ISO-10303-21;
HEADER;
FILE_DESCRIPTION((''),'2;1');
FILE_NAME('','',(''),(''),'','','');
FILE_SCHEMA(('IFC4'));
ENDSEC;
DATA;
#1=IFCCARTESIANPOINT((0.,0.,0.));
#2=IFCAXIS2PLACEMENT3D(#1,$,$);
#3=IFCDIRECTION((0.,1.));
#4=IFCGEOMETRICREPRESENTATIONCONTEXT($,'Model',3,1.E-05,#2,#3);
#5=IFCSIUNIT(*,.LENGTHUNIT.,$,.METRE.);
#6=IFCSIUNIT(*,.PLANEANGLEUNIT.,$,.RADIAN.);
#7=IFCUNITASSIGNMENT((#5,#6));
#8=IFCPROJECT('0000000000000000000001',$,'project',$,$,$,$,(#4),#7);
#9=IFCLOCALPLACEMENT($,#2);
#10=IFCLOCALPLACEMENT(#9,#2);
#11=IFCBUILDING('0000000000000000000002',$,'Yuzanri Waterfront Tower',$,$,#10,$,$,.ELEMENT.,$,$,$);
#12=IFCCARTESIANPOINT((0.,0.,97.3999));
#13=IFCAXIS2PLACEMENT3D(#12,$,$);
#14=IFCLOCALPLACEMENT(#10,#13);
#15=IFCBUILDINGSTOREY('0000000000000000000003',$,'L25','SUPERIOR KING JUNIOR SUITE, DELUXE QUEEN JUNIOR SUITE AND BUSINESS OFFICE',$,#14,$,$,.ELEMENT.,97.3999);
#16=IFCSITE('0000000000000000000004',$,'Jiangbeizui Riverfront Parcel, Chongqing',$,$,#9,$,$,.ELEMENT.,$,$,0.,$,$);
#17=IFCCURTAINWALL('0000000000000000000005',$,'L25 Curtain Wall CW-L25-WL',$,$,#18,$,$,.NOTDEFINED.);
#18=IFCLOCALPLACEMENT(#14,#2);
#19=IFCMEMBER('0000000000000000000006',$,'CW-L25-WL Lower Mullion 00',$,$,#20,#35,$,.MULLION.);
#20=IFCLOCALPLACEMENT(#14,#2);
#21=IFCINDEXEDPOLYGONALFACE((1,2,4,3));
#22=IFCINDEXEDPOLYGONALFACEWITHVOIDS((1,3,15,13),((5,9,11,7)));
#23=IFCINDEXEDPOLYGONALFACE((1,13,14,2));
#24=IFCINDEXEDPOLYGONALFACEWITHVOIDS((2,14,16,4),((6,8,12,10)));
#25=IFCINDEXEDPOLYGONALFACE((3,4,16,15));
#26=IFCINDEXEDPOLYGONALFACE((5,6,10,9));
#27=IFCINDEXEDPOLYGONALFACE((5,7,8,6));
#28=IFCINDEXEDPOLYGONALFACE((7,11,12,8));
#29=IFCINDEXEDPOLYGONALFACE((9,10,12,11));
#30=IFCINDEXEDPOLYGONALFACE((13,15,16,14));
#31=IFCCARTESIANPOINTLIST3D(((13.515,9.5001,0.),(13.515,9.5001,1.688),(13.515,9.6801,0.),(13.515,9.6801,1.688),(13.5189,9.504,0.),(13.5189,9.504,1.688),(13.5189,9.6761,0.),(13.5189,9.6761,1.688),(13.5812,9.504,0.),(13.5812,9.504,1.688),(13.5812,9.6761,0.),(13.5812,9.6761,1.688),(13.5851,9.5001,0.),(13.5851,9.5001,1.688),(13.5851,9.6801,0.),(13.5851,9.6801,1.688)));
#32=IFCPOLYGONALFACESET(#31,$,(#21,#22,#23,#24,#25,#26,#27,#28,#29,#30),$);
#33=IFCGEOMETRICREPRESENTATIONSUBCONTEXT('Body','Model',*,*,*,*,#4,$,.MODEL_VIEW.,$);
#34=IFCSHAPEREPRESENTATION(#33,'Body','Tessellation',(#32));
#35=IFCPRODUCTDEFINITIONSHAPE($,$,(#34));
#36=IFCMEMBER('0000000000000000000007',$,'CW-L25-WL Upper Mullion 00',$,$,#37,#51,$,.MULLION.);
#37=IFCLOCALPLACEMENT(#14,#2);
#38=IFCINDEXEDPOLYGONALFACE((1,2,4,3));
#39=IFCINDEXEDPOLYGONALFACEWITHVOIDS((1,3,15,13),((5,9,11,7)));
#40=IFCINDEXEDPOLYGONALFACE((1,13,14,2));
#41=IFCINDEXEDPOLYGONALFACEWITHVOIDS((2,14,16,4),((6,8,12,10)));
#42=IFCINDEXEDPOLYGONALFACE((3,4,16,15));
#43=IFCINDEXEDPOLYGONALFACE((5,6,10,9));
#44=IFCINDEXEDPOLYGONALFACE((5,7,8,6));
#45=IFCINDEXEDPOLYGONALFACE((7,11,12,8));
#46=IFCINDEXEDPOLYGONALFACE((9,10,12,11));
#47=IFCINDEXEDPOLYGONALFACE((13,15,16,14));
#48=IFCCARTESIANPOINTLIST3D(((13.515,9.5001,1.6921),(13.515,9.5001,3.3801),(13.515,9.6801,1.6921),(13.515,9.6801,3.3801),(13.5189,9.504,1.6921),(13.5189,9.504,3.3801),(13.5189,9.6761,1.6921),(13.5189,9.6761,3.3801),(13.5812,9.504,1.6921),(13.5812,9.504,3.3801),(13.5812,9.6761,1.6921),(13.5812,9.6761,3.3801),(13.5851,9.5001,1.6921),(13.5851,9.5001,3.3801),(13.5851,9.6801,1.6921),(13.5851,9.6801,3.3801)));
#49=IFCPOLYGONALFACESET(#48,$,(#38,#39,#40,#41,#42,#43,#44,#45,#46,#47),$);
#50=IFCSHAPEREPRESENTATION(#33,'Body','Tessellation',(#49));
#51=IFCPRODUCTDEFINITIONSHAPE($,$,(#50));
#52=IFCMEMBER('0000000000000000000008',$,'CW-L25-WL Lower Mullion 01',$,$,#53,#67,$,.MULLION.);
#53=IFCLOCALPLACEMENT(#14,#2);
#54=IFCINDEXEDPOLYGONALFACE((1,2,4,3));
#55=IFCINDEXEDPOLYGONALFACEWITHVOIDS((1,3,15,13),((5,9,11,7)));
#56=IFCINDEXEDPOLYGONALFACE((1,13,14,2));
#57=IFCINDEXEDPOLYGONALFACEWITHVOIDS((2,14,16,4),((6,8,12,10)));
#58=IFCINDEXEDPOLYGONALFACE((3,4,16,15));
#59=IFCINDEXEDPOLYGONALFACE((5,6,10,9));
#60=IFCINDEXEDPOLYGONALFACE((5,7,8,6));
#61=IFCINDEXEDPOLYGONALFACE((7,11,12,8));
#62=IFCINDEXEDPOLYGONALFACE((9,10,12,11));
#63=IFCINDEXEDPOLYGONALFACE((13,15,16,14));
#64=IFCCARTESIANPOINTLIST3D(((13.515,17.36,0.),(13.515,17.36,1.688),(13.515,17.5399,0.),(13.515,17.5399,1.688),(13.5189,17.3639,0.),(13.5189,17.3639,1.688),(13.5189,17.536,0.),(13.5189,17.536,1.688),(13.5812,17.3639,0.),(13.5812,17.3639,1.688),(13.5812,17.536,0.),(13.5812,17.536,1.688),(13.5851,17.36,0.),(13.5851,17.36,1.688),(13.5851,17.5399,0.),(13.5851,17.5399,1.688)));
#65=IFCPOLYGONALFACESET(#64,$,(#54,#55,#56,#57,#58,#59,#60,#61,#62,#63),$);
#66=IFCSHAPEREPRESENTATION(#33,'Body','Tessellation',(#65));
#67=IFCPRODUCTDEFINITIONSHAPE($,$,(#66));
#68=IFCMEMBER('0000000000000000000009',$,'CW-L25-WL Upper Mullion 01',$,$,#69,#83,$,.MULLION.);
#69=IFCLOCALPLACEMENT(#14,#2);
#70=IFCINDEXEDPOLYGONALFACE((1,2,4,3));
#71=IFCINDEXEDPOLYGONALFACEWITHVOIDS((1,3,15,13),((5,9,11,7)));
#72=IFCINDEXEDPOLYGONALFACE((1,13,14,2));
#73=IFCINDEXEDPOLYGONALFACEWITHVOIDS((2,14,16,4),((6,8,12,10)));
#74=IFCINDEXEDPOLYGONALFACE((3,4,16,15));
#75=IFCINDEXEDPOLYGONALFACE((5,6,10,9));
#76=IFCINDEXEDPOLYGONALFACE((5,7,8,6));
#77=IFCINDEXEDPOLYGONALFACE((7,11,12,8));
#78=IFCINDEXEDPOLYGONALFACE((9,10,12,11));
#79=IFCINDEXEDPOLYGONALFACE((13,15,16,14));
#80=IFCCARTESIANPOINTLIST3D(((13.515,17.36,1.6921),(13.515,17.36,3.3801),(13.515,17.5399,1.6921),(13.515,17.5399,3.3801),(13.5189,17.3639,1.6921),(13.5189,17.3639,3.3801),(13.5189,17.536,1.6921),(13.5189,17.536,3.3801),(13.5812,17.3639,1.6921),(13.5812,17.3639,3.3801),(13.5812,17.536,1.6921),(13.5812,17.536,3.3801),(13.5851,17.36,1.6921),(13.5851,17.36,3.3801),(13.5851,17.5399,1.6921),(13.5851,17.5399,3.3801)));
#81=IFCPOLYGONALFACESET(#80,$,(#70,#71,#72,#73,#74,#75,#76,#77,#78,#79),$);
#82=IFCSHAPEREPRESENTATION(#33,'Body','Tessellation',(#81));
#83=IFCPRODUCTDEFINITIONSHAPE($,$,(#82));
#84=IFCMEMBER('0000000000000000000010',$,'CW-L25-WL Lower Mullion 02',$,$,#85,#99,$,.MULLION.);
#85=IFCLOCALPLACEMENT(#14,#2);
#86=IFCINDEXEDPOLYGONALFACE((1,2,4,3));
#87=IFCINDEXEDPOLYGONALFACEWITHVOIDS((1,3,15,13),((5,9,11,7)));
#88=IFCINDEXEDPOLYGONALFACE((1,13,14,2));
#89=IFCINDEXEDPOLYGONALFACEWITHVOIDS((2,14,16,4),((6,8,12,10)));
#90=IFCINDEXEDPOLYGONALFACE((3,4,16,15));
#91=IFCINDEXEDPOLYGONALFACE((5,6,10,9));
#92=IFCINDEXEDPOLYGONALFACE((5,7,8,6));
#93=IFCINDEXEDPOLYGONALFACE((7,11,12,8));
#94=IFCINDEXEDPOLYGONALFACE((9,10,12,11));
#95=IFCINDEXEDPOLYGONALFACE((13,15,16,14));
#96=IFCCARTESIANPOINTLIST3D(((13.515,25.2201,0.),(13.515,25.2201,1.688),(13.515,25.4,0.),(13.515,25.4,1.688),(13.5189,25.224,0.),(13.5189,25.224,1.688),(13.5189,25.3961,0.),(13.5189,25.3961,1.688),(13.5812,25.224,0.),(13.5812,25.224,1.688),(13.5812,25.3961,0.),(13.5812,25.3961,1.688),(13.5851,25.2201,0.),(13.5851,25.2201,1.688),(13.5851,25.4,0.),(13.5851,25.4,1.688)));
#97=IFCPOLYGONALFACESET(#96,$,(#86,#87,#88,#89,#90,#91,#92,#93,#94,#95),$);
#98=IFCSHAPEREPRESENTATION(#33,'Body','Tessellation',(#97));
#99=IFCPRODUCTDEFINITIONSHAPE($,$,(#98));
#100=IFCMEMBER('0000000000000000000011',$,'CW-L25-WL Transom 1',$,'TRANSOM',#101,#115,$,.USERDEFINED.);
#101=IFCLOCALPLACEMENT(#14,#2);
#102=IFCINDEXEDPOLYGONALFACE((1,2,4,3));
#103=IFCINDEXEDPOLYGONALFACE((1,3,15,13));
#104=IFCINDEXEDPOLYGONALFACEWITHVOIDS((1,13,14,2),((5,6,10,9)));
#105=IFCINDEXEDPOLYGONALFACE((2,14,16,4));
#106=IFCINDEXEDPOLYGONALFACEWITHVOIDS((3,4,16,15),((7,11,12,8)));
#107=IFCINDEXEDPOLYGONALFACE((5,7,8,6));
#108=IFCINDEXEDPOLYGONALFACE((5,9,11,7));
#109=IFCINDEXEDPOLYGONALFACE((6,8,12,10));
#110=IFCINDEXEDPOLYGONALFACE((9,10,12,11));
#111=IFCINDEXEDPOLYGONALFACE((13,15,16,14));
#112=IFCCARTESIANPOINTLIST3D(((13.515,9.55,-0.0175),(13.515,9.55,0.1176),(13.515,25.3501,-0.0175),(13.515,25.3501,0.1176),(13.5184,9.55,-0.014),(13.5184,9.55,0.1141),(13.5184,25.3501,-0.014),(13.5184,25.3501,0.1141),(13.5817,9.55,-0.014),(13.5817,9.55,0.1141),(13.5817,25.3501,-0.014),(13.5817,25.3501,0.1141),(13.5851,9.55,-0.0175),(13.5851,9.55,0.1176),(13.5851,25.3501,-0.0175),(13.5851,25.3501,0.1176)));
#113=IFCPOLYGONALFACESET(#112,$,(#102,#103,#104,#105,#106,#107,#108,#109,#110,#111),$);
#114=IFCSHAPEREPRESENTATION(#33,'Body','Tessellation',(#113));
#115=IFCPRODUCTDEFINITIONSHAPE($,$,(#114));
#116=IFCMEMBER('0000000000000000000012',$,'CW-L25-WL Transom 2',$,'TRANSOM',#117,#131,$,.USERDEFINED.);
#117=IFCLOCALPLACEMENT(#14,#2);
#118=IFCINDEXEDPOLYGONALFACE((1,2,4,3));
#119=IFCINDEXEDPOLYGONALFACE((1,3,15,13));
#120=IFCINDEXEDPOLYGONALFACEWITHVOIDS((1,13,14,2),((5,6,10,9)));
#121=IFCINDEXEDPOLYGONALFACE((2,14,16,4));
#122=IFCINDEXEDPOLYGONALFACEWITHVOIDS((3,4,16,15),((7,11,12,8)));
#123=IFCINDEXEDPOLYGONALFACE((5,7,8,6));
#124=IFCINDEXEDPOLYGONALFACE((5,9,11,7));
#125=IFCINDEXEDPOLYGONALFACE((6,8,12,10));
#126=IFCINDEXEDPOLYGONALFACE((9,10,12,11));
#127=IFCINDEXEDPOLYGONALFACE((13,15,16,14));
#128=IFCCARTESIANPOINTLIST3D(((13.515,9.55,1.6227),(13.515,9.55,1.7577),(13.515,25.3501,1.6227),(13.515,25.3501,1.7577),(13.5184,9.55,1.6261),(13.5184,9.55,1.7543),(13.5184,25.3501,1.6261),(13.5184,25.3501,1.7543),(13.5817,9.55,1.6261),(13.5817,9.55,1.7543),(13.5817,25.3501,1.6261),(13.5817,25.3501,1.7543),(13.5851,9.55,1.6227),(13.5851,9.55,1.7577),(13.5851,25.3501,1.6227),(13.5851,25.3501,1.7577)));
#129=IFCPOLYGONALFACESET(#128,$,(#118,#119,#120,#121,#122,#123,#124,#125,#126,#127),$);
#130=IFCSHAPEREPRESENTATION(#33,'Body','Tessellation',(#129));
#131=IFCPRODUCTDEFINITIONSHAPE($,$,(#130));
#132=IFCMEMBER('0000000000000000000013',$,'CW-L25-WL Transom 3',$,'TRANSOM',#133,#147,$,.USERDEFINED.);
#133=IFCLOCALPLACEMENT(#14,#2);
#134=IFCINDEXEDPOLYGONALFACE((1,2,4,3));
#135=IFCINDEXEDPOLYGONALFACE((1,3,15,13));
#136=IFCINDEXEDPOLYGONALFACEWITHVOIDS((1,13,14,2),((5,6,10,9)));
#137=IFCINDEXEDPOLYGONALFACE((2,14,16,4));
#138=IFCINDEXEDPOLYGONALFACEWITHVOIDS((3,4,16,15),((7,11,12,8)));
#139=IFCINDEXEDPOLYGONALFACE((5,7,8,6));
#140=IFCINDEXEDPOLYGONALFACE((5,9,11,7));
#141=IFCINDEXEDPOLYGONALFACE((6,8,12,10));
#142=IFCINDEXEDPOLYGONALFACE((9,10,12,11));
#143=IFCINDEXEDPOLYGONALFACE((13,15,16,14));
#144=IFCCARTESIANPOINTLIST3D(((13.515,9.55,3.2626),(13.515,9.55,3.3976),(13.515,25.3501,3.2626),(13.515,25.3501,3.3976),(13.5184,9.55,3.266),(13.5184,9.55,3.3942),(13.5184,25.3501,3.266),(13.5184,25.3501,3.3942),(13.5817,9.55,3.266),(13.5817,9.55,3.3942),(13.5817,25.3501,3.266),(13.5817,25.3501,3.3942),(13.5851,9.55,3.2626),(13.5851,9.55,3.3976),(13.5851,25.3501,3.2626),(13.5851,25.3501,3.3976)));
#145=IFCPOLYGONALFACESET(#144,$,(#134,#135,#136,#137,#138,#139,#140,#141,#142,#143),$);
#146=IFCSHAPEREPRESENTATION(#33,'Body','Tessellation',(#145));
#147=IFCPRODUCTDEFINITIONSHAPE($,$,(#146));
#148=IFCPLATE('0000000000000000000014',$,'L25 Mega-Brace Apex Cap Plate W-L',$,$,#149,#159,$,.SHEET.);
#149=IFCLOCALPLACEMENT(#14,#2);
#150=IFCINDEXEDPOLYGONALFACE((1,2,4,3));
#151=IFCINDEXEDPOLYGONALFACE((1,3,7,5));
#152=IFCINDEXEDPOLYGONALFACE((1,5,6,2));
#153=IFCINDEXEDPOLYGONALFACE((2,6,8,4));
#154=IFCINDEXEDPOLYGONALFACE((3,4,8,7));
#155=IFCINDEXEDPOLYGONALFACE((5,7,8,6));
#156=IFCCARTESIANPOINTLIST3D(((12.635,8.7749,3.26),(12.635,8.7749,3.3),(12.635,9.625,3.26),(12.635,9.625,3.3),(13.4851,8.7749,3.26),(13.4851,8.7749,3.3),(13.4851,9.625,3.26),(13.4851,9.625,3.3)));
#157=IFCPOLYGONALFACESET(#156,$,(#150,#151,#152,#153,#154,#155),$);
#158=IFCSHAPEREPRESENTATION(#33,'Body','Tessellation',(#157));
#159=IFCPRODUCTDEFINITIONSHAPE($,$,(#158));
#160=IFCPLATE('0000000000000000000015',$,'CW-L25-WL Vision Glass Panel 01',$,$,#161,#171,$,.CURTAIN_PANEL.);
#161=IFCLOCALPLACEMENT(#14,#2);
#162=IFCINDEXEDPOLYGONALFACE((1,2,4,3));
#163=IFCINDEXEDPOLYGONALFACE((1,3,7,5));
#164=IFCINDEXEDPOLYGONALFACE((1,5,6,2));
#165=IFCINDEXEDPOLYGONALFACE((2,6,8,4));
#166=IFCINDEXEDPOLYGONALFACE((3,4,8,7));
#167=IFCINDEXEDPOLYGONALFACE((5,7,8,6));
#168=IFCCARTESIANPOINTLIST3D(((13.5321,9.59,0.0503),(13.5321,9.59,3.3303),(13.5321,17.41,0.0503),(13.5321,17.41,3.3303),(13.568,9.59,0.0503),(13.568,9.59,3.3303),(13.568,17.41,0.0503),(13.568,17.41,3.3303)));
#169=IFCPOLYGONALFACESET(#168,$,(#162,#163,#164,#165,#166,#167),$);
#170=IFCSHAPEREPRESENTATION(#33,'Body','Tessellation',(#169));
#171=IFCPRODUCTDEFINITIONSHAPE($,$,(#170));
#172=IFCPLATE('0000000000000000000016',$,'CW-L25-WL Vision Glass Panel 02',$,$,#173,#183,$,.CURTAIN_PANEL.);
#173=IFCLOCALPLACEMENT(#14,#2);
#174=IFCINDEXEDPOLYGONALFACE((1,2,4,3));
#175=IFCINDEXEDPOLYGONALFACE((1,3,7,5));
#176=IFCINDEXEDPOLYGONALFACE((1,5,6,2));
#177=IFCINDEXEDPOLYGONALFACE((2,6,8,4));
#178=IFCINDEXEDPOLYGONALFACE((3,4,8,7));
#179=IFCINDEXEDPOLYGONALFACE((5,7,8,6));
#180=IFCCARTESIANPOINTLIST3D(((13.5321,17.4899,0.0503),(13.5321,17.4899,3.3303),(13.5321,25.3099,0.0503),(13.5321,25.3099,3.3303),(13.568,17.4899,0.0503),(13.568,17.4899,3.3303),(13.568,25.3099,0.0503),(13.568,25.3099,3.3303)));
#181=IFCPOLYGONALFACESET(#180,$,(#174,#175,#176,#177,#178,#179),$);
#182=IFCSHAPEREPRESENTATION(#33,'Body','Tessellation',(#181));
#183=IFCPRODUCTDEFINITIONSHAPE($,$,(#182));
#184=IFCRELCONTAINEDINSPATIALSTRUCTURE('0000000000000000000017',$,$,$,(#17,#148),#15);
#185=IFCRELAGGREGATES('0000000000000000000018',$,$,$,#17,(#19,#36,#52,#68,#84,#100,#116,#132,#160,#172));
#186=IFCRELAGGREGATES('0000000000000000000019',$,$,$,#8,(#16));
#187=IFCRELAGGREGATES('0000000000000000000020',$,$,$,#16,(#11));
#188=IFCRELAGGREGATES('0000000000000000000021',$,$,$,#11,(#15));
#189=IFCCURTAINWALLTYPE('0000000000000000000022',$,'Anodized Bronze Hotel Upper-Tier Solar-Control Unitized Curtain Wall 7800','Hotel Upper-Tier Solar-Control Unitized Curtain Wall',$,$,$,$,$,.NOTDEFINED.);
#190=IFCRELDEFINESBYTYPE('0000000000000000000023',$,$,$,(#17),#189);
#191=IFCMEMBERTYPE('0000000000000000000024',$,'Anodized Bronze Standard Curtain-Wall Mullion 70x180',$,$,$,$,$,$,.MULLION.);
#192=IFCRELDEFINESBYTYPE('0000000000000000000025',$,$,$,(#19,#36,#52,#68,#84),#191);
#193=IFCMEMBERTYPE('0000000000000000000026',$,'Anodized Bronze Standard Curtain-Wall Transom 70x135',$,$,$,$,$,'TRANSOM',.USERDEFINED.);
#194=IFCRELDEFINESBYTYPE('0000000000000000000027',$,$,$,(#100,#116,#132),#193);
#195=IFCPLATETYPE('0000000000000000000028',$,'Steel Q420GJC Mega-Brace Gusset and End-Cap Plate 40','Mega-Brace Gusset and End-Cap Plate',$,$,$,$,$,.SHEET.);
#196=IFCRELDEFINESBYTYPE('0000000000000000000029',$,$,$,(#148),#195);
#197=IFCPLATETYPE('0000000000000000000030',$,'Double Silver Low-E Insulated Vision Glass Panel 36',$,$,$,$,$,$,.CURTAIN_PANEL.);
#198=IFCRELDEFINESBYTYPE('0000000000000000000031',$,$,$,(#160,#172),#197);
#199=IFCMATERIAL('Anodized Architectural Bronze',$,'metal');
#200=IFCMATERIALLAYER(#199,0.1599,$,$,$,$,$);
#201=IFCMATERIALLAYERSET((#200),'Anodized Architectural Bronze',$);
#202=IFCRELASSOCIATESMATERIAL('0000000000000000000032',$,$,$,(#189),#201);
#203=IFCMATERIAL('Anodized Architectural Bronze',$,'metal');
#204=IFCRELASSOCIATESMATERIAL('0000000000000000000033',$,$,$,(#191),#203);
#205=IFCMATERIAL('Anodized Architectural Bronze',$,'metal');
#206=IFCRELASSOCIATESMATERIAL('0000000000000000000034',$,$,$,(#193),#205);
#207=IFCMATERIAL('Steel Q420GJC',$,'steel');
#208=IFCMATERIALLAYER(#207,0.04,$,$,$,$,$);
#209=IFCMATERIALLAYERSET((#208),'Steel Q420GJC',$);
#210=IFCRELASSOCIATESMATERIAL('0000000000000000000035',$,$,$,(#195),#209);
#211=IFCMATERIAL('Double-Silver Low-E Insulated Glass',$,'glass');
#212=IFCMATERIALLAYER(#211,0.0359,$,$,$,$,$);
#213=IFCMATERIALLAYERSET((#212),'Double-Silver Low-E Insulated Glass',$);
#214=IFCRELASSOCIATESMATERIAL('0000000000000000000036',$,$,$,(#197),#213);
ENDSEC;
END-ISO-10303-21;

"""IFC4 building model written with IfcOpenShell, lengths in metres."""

from ifc_helpers import new_model, si_unit, direction, frame, origin, origin_2d, place, context, subcontext, project, spatial, rectangle, hollow_rectangle, extrude, source, transform, mapped, material, layer, layer_set, material_profile, profile_set, type_object, element, aggregate, save


model = new_model("IFC4")

# Units and contexts
model_context = context("Model", 3, precision=1e-05, world=origin(), true_north=direction((0.0, 1.0)))
body_context = subcontext(model_context, "Body", "Model", "MODEL_VIEW")
ifc_project = project(units=[si_unit("LENGTHUNIT", "METRE"), si_unit("PLANEANGLEUNIT", "RADIAN")], contexts=[model_context])

# Site, building, storey
site_placement = place(None, origin())
site = spatial("IfcSite", under=ifc_project, at=site_placement, Name="Jiangbeizui Riverfront Parcel, Chongqing", CompositionType="ELEMENT", RefElevation=0.0)
building_placement = place(site_placement, origin())
building = spatial("IfcBuilding", under=site, at=building_placement, Name="Yuzanri Waterfront Tower", CompositionType="ELEMENT")
storey_placement = place(building_placement, frame((0.0, 0.0, 97.3999)))
storey = spatial("IfcBuildingStorey", under=building, at=storey_placement, Name="L25", Description="SUPERIOR KING JUNIOR SUITE, DELUXE QUEEN JUNIOR SUITE AND BUSINESS OFFICE", CompositionType="ELEMENT", Elevation=97.3999)

# Curtain wall, members
ifc_material_1 = material(Name="Anodized Architectural Bronze", Category="metal")
ifc_layer_1 = layer(ifc_material_1, 0.1599)
ifc_layer_set_1 = layer_set([ifc_layer_1], Name="Anodized Architectural Bronze")
curtain_wall_type = type_object("IfcCurtainWallType", Name="Anodized Bronze Hotel Upper-Tier Solar-Control Unitized Curtain Wall 7800", Description="Hotel Upper-Tier Solar-Control Unitized Curtain Wall", PredefinedType="NOTDEFINED", material=ifc_layer_set_1)
curtain_wall_placement = place(storey_placement, origin())
curtain_wall = element("IfcCurtainWall", 1, at=curtain_wall_placement, inside=storey, type_object=curtain_wall_type, Name="L25 Curtain Wall CW-L25-WL", PredefinedType="NOTDEFINED")
ifc_material_2 = material(Name="Anodized Architectural Bronze", Category="metal")
ifc_material_profile_1 = material_profile(ifc_material_2, hollow_rectangle(XDim=0.0701, YDim=0.1799, WallThickness=0.0039, at=origin_2d()), Name="CWM 70x180")
ifc_profile_set_1 = profile_set([ifc_material_profile_1], Name="Anodized Architectural Bronze")
member_type_1 = type_object("IfcMemberType", Name="Anodized Bronze Standard Curtain-Wall Mullion 70x180", PredefinedType="MULLION", material=ifc_profile_set_1)
shared_shape_1 = source(origin(), body_context, "Body", "SweptSolid", [
    extrude(hollow_rectangle(XDim=0.0701, YDim=0.1799, WallThickness=0.0039, at=origin_2d()), origin(), (0.0, 0.0, 1.0), 1.688),
])
member_1_placement = place(storey_placement, frame((13.55, 9.5901, 0.0), z_axis=(0.0, 0.0, 1.0), x_axis=(1.0, 0.0, 0.0)))
member_1 = element("IfcMember", 2, at=member_1_placement, type_object=member_type_1, Name="CW-L25-WL Lower Mullion 00", PredefinedType="MULLION", context=body_context, shape_type="MappedRepresentation", body=[
    mapped(shared_shape_1, transform((0.0, 0.0, 0.0), scale=1.0)),
])
member_2_placement = place(storey_placement, frame((13.55, 9.5901, 1.6921), z_axis=(0.0, 0.0, 1.0), x_axis=(1.0, 0.0, 0.0)))
member_2 = element("IfcMember", 3, at=member_2_placement, type_object=member_type_1, Name="CW-L25-WL Upper Mullion 00", PredefinedType="MULLION", context=body_context, shape_type="MappedRepresentation", body=[
    mapped(shared_shape_1, transform((0.0, 0.0, 0.0), scale=1.0)),
])
member_3_placement = place(storey_placement, frame((13.55, 17.45, 0.0), z_axis=(0.0, 0.0, 1.0), x_axis=(1.0, 0.0, 0.0)))
member_3 = element("IfcMember", 4, at=member_3_placement, type_object=member_type_1, Name="CW-L25-WL Lower Mullion 01", PredefinedType="MULLION", context=body_context, shape_type="MappedRepresentation", body=[
    mapped(shared_shape_1, transform((0.0, 0.0, 0.0), scale=1.0)),
])
member_4_placement = place(storey_placement, frame((13.55, 17.45, 1.6921), z_axis=(0.0, 0.0, 1.0), x_axis=(1.0, 0.0, 0.0)))
member_4 = element("IfcMember", 5, at=member_4_placement, type_object=member_type_1, Name="CW-L25-WL Upper Mullion 01", PredefinedType="MULLION", context=body_context, shape_type="MappedRepresentation", body=[
    mapped(shared_shape_1, transform((0.0, 0.0, 0.0), scale=1.0)),
])
member_5_placement = place(storey_placement, frame((13.55, 25.3101, 0.0), z_axis=(0.0, 0.0, 1.0), x_axis=(1.0, 0.0, 0.0)))
member_5 = element("IfcMember", 6, at=member_5_placement, type_object=member_type_1, Name="CW-L25-WL Lower Mullion 02", PredefinedType="MULLION", context=body_context, shape_type="MappedRepresentation", body=[
    mapped(shared_shape_1, transform((0.0, 0.0, 0.0), scale=1.0)),
])
ifc_material_3 = material(Name="Anodized Architectural Bronze", Category="metal")
ifc_material_profile_2 = material_profile(ifc_material_3, hollow_rectangle(XDim=0.0701, YDim=0.135, WallThickness=0.0034, at=origin_2d()), Name="CWT 70x135")
ifc_profile_set_2 = profile_set([ifc_material_profile_2], Name="Anodized Architectural Bronze")
member_type_2 = type_object("IfcMemberType", Name="Anodized Bronze Standard Curtain-Wall Transom 70x135", ElementType="TRANSOM", PredefinedType="USERDEFINED", material=ifc_profile_set_2)
shared_shape_2 = source(origin(), body_context, "Body", "SweptSolid", [
    extrude(hollow_rectangle(XDim=0.0701, YDim=0.135, WallThickness=0.0034, at=origin_2d()), origin(), (0.0, 0.0, 1.0), 15.8),
])
member_6_placement = place(storey_placement, frame((13.55, 9.55, 0.05), z_axis=(0.0, 1.0, 0.0), x_axis=(-1.0, 0.0, 0.0)))
member_6 = element("IfcMember", 7, at=member_6_placement, type_object=member_type_2, Name="CW-L25-WL Transom 1", ObjectType="TRANSOM", PredefinedType="USERDEFINED", context=body_context, shape_type="MappedRepresentation", body=[
    mapped(shared_shape_2, transform((0.0, 0.0, 0.0), scale=1.0)),
])
member_7_placement = place(storey_placement, frame((13.55, 9.55, 1.6902), z_axis=(0.0, 1.0, 0.0), x_axis=(-1.0, 0.0, 0.0)))
member_7 = element("IfcMember", 8, at=member_7_placement, type_object=member_type_2, Name="CW-L25-WL Transom 2", ObjectType="TRANSOM", PredefinedType="USERDEFINED", context=body_context, shape_type="MappedRepresentation", body=[
    mapped(shared_shape_2, transform((0.0, 0.0, 0.0), scale=1.0)),
])
member_8_placement = place(storey_placement, frame((13.55, 9.55, 3.3301), z_axis=(0.0, 1.0, 0.0), x_axis=(-1.0, 0.0, 0.0)))
member_8 = element("IfcMember", 9, at=member_8_placement, type_object=member_type_2, Name="CW-L25-WL Transom 3", ObjectType="TRANSOM", PredefinedType="USERDEFINED", context=body_context, shape_type="MappedRepresentation", body=[
    mapped(shared_shape_2, transform((0.0, 0.0, 0.0), scale=1.0)),
])

# Plates
ifc_material_4 = material(Name="Steel Q420GJC", Category="steel")
ifc_layer_2 = layer(ifc_material_4, 0.04)
ifc_layer_set_2 = layer_set([ifc_layer_2], Name="Steel Q420GJC")
plate_type_1 = type_object("IfcPlateType", Name="Steel Q420GJC Mega-Brace Gusset and End-Cap Plate 40", Description="Mega-Brace Gusset and End-Cap Plate", PredefinedType="SHEET", material=ifc_layer_set_2)
shared_shape_3 = source(origin(), body_context, "Body", "SweptSolid", [
    extrude(rectangle(XDim=0.8501, YDim=0.8501, at=origin_2d()), origin(), (0.0, 0.0, 1.0), 0.04),
])
plate_1_placement = place(storey_placement, frame((13.0601, 9.2, 3.26), z_axis=(0.0, 0.0, 1.0), x_axis=(1.0, 0.0, 0.0)))
element("IfcPlate", 10, at=plate_1_placement, inside=storey, type_object=plate_type_1, Name="L25 Mega-Brace Apex Cap Plate W-L", PredefinedType="SHEET", context=body_context, shape_type="MappedRepresentation", body=[
    mapped(shared_shape_3, transform((0.0, 0.0, 0.0), scale=1.0)),
])
ifc_material_5 = material(Name="Double-Silver Low-E Insulated Glass", Category="glass")
ifc_layer_3 = layer(ifc_material_5, 0.0359)
ifc_layer_set_3 = layer_set([ifc_layer_3], Name="Double-Silver Low-E Insulated Glass")
plate_type_2 = type_object("IfcPlateType", Name="Double Silver Low-E Insulated Vision Glass Panel 36", PredefinedType="CURTAIN_PANEL", material=ifc_layer_set_3)
shared_shape_4 = source(origin(), body_context, "Body", "SweptSolid", [
    extrude(rectangle(XDim=7.8201, YDim=0.0359, at=origin_2d()), origin(), (0.0, 0.0, 1.0), 3.28),
])
plate_2_placement = place(storey_placement, frame((13.55, 13.5, 0.0503), z_axis=(0.0, 0.0, 1.0), x_axis=(0.0, 1.0, 0.0)))
plate_2 = element("IfcPlate", 11, at=plate_2_placement, type_object=plate_type_2, Name="CW-L25-WL Vision Glass Panel 01", PredefinedType="CURTAIN_PANEL", context=body_context, shape_type="MappedRepresentation", body=[
    mapped(shared_shape_4, transform((0.0, 0.0, 0.0), scale=1.0)),
])
plate_3_placement = place(storey_placement, frame((13.55, 21.3999, 0.0503), z_axis=(0.0, 0.0, 1.0), x_axis=(0.0, 1.0, 0.0)))
plate_3 = element("IfcPlate", 12, at=plate_3_placement, type_object=plate_type_2, Name="CW-L25-WL Vision Glass Panel 02", PredefinedType="CURTAIN_PANEL", context=body_context, shape_type="MappedRepresentation", body=[
    mapped(shared_shape_4, transform((0.0, 0.0, 0.0), scale=1.0)),
])
aggregate(curtain_wall, [member_1, member_2, member_3, member_4, member_5, member_6, member_7, member_8, plate_2, plate_3])

save(model, "model.ifc")
